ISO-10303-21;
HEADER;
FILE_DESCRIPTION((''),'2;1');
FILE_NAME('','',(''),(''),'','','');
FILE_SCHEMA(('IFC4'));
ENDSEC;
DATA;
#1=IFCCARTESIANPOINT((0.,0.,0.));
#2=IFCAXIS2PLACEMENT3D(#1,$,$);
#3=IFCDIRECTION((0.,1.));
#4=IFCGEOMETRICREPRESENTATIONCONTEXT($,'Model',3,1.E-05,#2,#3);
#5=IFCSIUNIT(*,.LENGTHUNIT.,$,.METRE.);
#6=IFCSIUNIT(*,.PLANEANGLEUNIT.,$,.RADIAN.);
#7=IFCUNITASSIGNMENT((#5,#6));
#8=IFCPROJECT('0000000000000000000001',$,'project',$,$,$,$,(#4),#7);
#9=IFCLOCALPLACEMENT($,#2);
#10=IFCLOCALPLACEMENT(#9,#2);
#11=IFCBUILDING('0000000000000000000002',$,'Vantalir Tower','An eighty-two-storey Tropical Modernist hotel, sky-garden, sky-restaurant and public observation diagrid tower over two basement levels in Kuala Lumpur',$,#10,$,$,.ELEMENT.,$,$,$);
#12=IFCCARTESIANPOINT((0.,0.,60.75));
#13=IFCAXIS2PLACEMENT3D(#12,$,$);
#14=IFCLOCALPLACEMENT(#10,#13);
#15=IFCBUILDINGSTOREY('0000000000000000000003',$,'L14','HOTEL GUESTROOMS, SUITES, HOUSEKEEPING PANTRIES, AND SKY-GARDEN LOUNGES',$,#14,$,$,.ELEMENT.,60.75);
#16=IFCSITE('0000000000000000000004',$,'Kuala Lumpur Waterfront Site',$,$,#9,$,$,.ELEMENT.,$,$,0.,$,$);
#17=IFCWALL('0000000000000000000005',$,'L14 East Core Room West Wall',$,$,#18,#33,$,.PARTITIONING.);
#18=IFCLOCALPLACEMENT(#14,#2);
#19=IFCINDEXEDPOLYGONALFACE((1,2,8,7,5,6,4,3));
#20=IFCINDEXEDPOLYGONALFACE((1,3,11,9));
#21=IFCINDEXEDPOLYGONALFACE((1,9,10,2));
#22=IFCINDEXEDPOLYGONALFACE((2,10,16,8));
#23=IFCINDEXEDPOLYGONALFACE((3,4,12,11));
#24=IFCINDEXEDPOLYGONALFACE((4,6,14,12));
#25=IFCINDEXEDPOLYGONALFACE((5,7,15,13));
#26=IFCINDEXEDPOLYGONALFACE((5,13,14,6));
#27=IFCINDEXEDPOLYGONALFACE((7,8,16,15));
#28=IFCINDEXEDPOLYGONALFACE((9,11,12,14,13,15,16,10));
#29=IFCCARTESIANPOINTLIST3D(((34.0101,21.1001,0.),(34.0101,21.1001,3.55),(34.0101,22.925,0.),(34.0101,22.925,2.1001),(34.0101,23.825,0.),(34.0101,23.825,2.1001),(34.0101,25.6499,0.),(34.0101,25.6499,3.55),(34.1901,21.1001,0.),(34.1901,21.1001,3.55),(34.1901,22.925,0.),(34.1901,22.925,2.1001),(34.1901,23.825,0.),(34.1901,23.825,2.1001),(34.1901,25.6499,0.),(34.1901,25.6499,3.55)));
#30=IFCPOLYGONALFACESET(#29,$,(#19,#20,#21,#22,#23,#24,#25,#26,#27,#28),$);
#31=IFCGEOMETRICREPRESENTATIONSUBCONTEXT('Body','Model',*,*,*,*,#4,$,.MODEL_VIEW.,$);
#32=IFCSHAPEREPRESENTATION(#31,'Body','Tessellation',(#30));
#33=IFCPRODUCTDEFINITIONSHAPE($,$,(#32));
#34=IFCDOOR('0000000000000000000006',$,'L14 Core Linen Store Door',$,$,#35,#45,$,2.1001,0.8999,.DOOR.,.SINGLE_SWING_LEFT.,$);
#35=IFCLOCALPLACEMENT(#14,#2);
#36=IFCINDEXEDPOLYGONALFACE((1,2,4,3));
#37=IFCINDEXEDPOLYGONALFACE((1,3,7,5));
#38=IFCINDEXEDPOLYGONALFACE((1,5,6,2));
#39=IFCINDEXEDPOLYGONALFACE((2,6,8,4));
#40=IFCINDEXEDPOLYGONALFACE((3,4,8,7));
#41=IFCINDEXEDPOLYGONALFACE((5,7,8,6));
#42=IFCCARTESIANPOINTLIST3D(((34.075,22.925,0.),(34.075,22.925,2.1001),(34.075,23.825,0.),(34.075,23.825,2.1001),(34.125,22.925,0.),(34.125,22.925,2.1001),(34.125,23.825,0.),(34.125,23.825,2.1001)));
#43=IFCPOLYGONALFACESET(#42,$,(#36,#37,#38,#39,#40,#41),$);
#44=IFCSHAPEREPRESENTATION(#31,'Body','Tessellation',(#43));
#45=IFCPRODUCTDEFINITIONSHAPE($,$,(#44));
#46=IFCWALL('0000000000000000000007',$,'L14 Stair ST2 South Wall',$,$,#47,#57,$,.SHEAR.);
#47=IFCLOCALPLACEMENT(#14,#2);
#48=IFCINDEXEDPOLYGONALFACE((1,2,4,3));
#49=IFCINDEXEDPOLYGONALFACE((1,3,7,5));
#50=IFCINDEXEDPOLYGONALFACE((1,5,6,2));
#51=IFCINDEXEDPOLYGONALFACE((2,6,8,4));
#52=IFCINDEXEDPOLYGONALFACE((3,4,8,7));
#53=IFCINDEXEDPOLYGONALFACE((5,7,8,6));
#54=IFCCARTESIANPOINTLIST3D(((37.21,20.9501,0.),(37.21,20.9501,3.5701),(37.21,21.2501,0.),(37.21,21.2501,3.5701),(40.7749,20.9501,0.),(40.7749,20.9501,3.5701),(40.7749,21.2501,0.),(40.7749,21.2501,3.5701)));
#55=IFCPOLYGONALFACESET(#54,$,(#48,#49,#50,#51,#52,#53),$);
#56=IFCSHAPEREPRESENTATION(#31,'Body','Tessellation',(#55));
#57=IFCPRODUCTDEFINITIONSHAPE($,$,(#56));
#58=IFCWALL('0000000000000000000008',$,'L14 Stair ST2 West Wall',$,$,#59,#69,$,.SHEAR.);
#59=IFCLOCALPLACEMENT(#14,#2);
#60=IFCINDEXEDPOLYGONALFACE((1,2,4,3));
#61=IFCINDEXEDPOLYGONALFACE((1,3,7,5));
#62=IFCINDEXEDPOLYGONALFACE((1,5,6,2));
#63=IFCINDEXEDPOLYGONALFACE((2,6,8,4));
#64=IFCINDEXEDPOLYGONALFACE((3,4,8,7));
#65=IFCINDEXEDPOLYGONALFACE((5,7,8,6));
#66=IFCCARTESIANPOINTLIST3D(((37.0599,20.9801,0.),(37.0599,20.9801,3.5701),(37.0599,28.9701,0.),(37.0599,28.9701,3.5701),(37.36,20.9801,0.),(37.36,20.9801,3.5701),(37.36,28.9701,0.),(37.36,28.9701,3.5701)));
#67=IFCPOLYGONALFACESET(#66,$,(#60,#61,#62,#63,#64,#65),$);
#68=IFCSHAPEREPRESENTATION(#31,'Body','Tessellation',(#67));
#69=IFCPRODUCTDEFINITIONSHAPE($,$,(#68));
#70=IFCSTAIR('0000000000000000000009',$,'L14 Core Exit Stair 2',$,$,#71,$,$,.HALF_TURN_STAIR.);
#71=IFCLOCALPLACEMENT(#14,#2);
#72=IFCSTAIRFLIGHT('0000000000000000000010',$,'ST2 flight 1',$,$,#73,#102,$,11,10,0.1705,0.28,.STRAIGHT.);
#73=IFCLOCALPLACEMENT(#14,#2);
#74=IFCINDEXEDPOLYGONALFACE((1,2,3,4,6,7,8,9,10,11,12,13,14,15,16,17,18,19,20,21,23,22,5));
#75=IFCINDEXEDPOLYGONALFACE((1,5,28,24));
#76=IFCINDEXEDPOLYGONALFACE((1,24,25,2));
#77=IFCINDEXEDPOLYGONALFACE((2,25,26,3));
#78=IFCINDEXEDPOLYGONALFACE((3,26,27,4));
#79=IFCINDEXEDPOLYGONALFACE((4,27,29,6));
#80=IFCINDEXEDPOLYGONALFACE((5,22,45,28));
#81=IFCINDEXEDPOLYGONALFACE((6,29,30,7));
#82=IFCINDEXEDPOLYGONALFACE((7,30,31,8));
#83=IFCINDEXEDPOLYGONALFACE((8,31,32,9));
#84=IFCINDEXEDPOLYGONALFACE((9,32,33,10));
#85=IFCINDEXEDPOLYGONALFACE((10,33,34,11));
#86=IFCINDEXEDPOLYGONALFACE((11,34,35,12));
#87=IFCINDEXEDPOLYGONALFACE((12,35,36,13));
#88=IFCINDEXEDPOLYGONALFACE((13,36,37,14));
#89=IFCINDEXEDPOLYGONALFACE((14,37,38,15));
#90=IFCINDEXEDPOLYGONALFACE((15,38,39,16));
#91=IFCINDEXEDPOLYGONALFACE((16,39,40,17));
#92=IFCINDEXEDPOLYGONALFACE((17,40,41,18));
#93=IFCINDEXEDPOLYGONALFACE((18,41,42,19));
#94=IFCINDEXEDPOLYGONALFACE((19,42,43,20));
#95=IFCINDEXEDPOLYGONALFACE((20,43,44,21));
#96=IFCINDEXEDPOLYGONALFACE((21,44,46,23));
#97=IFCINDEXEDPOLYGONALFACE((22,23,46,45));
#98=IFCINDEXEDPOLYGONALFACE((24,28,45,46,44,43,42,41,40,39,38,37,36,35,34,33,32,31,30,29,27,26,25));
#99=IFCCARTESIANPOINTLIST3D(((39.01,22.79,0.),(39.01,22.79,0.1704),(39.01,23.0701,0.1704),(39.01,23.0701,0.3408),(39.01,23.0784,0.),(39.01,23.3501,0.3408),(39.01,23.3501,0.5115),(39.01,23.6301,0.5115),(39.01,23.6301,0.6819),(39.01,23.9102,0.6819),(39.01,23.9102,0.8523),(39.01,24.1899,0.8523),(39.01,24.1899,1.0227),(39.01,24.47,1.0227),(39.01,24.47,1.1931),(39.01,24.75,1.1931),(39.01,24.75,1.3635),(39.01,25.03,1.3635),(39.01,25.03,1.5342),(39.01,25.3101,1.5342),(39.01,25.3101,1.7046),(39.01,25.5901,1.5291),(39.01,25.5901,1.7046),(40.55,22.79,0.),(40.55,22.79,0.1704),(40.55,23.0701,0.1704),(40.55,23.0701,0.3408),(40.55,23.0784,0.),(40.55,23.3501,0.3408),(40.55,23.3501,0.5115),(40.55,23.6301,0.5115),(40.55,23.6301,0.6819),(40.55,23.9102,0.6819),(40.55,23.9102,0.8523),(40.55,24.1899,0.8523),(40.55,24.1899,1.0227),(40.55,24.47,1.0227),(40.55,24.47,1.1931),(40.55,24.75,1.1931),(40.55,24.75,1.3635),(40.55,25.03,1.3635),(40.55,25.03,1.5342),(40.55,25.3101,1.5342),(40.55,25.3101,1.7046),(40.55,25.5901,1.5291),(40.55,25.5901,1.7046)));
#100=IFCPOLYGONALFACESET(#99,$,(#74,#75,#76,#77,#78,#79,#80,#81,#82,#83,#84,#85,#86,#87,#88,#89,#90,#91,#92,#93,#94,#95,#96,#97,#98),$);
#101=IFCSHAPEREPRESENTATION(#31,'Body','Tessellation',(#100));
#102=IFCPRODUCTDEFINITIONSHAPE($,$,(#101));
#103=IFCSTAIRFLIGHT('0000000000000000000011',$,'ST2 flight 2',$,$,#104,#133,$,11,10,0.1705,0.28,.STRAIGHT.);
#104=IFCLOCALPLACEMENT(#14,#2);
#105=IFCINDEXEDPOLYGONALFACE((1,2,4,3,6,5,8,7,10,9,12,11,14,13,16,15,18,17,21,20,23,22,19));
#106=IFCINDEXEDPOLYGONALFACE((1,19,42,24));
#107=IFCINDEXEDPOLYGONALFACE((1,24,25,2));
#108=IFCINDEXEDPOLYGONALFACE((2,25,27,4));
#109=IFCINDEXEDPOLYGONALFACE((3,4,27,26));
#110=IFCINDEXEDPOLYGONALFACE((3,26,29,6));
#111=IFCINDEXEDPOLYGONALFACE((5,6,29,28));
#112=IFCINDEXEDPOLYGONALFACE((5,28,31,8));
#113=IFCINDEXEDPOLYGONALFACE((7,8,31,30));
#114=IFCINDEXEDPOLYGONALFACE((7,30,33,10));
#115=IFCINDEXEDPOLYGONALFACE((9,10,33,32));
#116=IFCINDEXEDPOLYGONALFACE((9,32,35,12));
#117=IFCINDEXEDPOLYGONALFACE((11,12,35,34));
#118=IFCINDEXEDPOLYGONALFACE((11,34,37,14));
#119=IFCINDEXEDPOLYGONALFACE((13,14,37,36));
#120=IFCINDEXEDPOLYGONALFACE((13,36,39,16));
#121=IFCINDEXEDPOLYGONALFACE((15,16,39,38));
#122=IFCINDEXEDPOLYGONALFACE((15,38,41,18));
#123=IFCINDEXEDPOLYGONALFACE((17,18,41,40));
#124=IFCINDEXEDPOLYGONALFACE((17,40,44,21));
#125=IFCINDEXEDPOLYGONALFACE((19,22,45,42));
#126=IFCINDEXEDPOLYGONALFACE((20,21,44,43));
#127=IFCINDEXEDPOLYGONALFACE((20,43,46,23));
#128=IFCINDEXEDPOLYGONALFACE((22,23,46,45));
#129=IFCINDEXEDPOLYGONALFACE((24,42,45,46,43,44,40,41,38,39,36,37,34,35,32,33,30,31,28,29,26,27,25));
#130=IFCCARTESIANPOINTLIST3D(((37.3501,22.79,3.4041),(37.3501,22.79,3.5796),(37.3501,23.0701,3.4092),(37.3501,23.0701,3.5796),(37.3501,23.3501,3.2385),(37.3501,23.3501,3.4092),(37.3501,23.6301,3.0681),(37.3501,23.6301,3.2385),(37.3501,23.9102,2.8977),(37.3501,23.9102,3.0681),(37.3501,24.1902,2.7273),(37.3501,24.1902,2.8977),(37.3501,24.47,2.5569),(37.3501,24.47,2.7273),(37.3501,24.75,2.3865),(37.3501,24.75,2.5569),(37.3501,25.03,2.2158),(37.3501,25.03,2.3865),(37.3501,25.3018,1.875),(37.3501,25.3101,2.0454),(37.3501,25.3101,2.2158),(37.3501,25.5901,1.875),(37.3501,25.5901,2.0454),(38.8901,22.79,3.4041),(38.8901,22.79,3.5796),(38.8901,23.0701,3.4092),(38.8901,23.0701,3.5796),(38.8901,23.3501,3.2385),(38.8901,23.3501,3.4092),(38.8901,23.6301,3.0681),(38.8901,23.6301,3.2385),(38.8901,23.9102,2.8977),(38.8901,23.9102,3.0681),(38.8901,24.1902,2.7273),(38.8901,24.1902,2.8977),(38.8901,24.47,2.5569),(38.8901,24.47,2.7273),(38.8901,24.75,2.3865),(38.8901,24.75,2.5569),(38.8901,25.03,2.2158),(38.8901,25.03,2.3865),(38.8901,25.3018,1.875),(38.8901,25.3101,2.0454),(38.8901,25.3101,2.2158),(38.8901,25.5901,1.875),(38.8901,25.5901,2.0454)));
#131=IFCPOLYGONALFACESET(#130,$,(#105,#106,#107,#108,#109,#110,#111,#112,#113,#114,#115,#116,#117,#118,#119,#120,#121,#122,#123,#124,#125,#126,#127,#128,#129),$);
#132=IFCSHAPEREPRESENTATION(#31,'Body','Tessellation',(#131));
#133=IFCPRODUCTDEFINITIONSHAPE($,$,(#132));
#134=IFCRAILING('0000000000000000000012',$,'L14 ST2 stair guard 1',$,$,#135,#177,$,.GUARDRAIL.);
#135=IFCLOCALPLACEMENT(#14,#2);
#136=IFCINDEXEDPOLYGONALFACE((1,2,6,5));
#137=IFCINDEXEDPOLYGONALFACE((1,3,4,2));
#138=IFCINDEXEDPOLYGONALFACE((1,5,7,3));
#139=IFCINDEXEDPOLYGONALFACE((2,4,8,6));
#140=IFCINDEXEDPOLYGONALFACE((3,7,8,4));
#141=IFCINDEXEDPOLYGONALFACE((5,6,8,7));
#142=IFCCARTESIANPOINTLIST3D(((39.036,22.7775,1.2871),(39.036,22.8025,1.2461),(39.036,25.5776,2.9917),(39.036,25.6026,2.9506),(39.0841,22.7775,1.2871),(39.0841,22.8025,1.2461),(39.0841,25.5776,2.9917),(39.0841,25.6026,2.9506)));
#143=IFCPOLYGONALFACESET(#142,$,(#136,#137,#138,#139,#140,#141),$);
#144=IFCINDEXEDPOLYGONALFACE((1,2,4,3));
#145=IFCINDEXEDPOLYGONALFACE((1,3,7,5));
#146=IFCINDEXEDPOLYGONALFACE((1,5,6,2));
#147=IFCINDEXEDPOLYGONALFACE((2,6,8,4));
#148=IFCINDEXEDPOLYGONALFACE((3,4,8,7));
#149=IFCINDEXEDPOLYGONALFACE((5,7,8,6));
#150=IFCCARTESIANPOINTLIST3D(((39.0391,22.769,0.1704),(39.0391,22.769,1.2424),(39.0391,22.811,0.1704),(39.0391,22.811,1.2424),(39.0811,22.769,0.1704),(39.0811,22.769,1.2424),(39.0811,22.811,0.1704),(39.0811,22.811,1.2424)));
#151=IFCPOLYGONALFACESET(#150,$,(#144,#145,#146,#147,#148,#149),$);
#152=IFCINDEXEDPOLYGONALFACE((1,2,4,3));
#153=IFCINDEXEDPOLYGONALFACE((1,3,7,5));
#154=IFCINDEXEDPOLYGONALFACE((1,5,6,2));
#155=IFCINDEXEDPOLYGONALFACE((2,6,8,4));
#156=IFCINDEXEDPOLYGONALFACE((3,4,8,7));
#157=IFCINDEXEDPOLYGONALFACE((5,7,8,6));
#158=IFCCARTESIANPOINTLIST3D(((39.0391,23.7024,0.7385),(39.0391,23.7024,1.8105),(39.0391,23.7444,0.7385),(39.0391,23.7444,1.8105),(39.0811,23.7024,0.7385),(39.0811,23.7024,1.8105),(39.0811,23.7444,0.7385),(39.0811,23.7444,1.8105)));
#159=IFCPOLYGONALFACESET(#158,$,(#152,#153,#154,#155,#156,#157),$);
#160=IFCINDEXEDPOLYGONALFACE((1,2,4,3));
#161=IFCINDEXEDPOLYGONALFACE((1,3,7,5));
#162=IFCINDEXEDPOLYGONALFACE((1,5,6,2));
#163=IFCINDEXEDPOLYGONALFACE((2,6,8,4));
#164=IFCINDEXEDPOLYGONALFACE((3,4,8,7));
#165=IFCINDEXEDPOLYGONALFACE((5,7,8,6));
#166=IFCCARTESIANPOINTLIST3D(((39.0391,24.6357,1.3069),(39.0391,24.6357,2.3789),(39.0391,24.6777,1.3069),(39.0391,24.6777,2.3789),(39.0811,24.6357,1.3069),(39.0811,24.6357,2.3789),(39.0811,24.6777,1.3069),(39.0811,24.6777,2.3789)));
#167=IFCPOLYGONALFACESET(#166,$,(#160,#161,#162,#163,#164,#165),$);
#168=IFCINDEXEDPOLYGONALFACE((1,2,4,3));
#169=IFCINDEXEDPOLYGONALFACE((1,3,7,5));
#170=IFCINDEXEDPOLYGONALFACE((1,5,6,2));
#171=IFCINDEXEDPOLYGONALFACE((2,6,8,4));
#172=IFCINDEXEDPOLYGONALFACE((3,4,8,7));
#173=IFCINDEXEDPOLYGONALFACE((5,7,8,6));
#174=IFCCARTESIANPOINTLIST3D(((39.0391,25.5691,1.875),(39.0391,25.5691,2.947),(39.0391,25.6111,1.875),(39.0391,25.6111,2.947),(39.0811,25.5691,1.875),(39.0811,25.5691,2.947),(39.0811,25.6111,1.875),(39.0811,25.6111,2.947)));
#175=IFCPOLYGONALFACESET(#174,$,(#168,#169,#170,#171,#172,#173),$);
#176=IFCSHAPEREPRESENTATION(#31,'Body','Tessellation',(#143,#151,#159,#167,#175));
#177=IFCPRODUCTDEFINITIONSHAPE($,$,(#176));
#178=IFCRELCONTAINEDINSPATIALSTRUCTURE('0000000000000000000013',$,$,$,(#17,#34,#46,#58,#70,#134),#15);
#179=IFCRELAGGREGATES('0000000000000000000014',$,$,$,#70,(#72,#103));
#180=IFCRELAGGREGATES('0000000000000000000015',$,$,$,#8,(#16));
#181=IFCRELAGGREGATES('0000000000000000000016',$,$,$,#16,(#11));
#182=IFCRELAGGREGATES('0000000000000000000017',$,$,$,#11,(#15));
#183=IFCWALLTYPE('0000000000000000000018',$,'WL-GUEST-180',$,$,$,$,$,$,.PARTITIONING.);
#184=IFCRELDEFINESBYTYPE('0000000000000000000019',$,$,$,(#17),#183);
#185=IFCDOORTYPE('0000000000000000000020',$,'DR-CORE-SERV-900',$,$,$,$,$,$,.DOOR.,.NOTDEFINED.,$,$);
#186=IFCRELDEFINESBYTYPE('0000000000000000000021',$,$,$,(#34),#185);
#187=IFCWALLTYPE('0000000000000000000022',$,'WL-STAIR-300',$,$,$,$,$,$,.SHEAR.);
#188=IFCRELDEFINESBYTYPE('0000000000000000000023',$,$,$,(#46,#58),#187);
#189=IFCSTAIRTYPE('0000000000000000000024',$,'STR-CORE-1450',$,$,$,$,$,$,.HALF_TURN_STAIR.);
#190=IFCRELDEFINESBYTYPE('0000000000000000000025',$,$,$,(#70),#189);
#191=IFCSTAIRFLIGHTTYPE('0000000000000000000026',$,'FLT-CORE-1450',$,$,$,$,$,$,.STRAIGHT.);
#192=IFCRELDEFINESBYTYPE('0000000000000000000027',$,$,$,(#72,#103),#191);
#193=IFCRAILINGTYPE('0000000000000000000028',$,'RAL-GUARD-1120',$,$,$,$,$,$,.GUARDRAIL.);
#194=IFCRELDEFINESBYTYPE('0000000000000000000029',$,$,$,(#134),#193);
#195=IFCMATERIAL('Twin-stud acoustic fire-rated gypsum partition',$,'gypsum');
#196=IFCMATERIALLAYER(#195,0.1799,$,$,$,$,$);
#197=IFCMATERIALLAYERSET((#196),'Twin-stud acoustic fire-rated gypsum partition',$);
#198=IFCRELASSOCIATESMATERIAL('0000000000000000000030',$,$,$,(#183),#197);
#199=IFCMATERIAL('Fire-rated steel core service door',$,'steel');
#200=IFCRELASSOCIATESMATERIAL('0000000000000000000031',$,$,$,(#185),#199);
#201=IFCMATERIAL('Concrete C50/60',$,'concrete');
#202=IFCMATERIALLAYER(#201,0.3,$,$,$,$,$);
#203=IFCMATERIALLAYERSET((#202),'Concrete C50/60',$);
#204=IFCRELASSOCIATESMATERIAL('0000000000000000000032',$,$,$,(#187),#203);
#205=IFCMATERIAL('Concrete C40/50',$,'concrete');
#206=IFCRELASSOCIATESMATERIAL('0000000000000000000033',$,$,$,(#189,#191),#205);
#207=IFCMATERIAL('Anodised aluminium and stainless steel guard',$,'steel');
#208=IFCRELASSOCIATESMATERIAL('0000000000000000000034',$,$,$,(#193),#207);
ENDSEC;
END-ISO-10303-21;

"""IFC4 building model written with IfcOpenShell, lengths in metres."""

from ifc_helpers import new_model, si_unit, direction, frame, frame_2d, origin, origin_2d, place, context, subcontext, project, spatial, polyline, rectangle, outline, extrude, material, layer, layer_set, type_object, element, fill, aggregate, save


model = new_model("IFC4")

# Units and contexts
model_context = context("Model", 3, precision=1e-05, world=origin(), true_north=direction((0.0, 1.0)))
body_context = subcontext(model_context, "Body", "Model", "MODEL_VIEW")
ifc_project = project(units=[si_unit("LENGTHUNIT", "METRE"), si_unit("PLANEANGLEUNIT", "RADIAN")], contexts=[model_context])

# Site, building, storey
site_placement = place(None, origin())
site = spatial("IfcSite", under=ifc_project, at=site_placement, Name="Kuala Lumpur Waterfront Site", CompositionType="ELEMENT", RefElevation=0.0)
building_placement = place(site_placement, origin())
building = spatial("IfcBuilding", under=site, at=building_placement, Name="Vantalir Tower", Description="An eighty-two-storey Tropical Modernist hotel, sky-garden, sky-restaurant and public observation diagrid tower over two basement levels in Kuala Lumpur", CompositionType="ELEMENT")
storey_placement = place(building_placement, frame((0.0, 0.0, 60.75)))
storey = spatial("IfcBuildingStorey", under=building, at=storey_placement, Name="L14", Description="HOTEL GUESTROOMS, SUITES, HOUSEKEEPING PANTRIES, AND SKY-GARDEN LOUNGES", CompositionType="ELEMENT", Elevation=60.75)

# Shared definitions
ifc_material_1 = material(Name="Twin-stud acoustic fire-rated gypsum partition", Category="gypsum")
ifc_layer_1 = layer(ifc_material_1, 0.1799)
ifc_layer_set_1 = layer_set([ifc_layer_1], Name="Twin-stud acoustic fire-rated gypsum partition")
wall_type_1 = type_object("IfcWallType", Name="WL-GUEST-180", PredefinedType="PARTITIONING", material=ifc_layer_set_1)

# Wall, opening, door
wall_1_placement = place(storey_placement, frame((34.1001, 21.1001, 0.0), z_axis=(0.0, 0.0, 1.0), x_axis=(0.0, 1.0, 0.0)))
wall_1 = element("IfcWall", 1, at=wall_1_placement, inside=storey, type_object=wall_type_1, Name="L14 East Core Room West Wall", PredefinedType="PARTITIONING", context=body_context, shape_type="SweptSolid", body=[
    extrude(rectangle(XDim=4.5498, YDim=0.1799, at=frame_2d((2.2749, 0.0))), origin(), (0.0, 0.0, 1.0), 3.55),
])
opening_placement = place(wall_1_placement, frame((1.825, 0.0, 0.0)))
opening = element("IfcOpeningElement", 2, at=opening_placement, cuts=wall_1, PredefinedType="OPENING", context=body_context, shape_type="SweptSolid", body=[
    extrude(rectangle(XDim=0.8999, YDim=2.1001, at=frame_2d((0.45, 1.05))), frame((0.0, 0.0999, 0.0), z_axis=(0.0, -1.0, 0.0), x_axis=(1.0, 0.0, 0.0)), (0.0, 0.0, 1.0), 0.2),
])
ifc_material_2 = material(Name="Fire-rated steel core service door", Category="steel")
door_type = type_object("IfcDoorType", Name="DR-CORE-SERV-900", OperationType="NOTDEFINED", PredefinedType="DOOR", material=ifc_material_2)
door_placement = place(opening_placement, frame((0.8999, 0.0, 0.0), z_axis=(0.0, 0.0, 1.0), x_axis=(-1.0, 0.0, 0.0)))
door = element("IfcDoor", 3, at=door_placement, inside=storey, type_object=door_type, Name="L14 Core Linen Store Door", OperationType="SINGLE_SWING_LEFT", OverallHeight=2.1001, OverallWidth=0.8999, PredefinedType="DOOR", context=body_context, shape_type="SweptSolid", body=[
    extrude(rectangle(XDim=0.8999, YDim=2.1001, at=frame_2d((0.45, 1.05))), frame((0.0, 0.0249, 0.0), z_axis=(0.0, -1.0, 0.0), x_axis=(1.0, 0.0, 0.0)), (0.0, 0.0, 1.0), 0.05),
])
fill(opening, door)

# Walls
ifc_material_3 = material(Name="Concrete C50/60", Category="concrete")
ifc_layer_2 = layer(ifc_material_3, 0.3)
ifc_layer_set_2 = layer_set([ifc_layer_2], Name="Concrete C50/60")
wall_type_2 = type_object("IfcWallType", Name="WL-STAIR-300", PredefinedType="SHEAR", material=ifc_layer_set_2)
wall_2_placement = place(storey_placement, frame((37.21, 21.1001, 0.0), z_axis=(0.0, 0.0, 1.0), x_axis=(1.0, 0.0, 0.0)))
element("IfcWall", 4, at=wall_2_placement, inside=storey, type_object=wall_type_2, Name="L14 Stair ST2 South Wall", PredefinedType="SHEAR", context=body_context, shape_type="SweptSolid", body=[
    extrude(rectangle(XDim=3.5649, YDim=0.3, at=frame_2d((1.7825, 0.0))), origin(), (0.0, 0.0, 1.0), 3.5701),
])
wall_3_placement = place(storey_placement, frame((37.21, 20.98, 0.0), z_axis=(0.0, 0.0, 1.0), x_axis=(0.0, 1.0, 0.0)))
element("IfcWall", 5, at=wall_3_placement, inside=storey, type_object=wall_type_2, Name="L14 Stair ST2 West Wall", PredefinedType="SHEAR", context=body_context, shape_type="SweptSolid", body=[
    extrude(rectangle(XDim=7.99, YDim=0.3, at=frame_2d((3.9951, 0.0))), origin(), (0.0, 0.0, 1.0), 3.5701),
])

# Stair, stair flights
ifc_material_4 = material(Name="Concrete C40/50", Category="concrete")
stair_type = type_object("IfcStairType", Name="STR-CORE-1450", PredefinedType="HALF_TURN_STAIR", material=ifc_material_4)
stair_placement = place(storey_placement, origin())
stair = element("IfcStair", 6, at=stair_placement, inside=storey, type_object=stair_type, Name="L14 Core Exit Stair 2", PredefinedType="HALF_TURN_STAIR")
stair_flight_type = type_object("IfcStairFlightType", Name="FLT-CORE-1450", PredefinedType="STRAIGHT", material=ifc_material_4)
stair_flight_1_placement = place(storey_placement, frame((39.78, 22.79, 0.0), z_axis=(0.0, 0.0, 1.0), x_axis=(0.0, 1.0, 0.0)))
stair_flight_1 = element("IfcStairFlight", 7, at=stair_flight_1_placement, type_object=stair_flight_type, Name="ST2 flight 1", NumberOfRisers=11, NumberOfTreads=10, PredefinedType="STRAIGHT", RiserHeight=0.1705, TreadLength=0.28, context=body_context, shape_type="SweptSolid", body=[
    extrude(outline(polyline([(0.0, 0.0), (0.0, 0.1704), (0.28, 0.1704), (0.28, 0.3408), (0.5601, 0.3408), (0.5601, 0.5115), (0.8401, 0.5115), (0.8401, 0.6819), (1.1201, 0.6819), (1.1201, 0.8523), (1.3999, 0.8523), (1.3999, 1.0227), (1.6799, 1.0227), (1.6799, 1.1931), (1.96, 1.1931), (1.96, 1.3635), (2.24, 1.3635), (2.24, 1.5342), (2.52, 1.5342), (2.52, 1.7046), (2.8, 1.7046), (2.8, 1.875), (2.8, 1.5291), (0.2883, 0.0), (0.0, 0.0)])), frame((0.0, 0.77, 0.0), z_axis=(0.0, -1.0, 0.0), x_axis=(1.0, 0.0, 0.0)), (0.0, 0.0, 1.0), 1.54),
])
stair_flight_2_placement = place(storey_placement, frame((38.1201, 25.5901, 1.875), z_axis=(0.0, 0.0, 1.0), x_axis=(0.0, -1.0, 0.0)))
stair_flight_2 = element("IfcStairFlight", 8, at=stair_flight_2_placement, type_object=stair_flight_type, Name="ST2 flight 2", NumberOfRisers=11, NumberOfTreads=10, PredefinedType="STRAIGHT", RiserHeight=0.1705, TreadLength=0.28, context=body_context, shape_type="SweptSolid", body=[
    extrude(outline(polyline([(0.0, 0.0), (0.0, 0.1704), (0.28, 0.1704), (0.28, 0.3408), (0.5601, 0.3408), (0.5601, 0.5115), (0.8401, 0.5115), (0.8401, 0.6819), (1.1201, 0.6819), (1.1201, 0.8523), (1.3999, 0.8523), (1.3999, 1.0227), (1.6799, 1.0227), (1.6799, 1.1931), (1.96, 1.1931), (1.96, 1.3635), (2.24, 1.3635), (2.24, 1.5342), (2.52, 1.5342), (2.52, 1.7046), (2.8, 1.7046), (2.8, 1.875), (2.8, 1.5291), (0.2883, 0.0), (0.0, 0.0)])), frame((0.0, 0.77, 0.0), z_axis=(0.0, -1.0, 0.0), x_axis=(1.0, 0.0, 0.0)), (0.0, 0.0, 1.0), 1.54),
])
aggregate(stair, [stair_flight_1, stair_flight_2])

# Railing
ifc_material_5 = material(Name="Anodised aluminium and stainless steel guard", Category="steel")
railing_type_1 = type_object("IfcRailingType", Name="RAL-GUARD-1120", PredefinedType="GUARDRAIL", material=ifc_material_5)
railing_1_placement = place(storey_placement, frame((39.0601, 22.79, 0.1704)))
element("IfcRailing", 9, at=railing_1_placement, inside=storey, type_object=railing_type_1, Name="L14 ST2 stair guard 1", PredefinedType="GUARDRAIL", context=body_context, shape_type="SweptSolid", body=[
    extrude(rectangle(XDim=0.0481, YDim=0.0481, at=origin_2d()), frame((0.0, 0.0, 1.0962), z_axis=(0.0, 0.85417, 0.519994), x_axis=(-1.0, 0.0, 0.0)), (0.0, 0.0, 1.0), 3.2781),
    extrude(rectangle(XDim=0.042, YDim=0.042, at=origin_2d()), origin(), (0.0, 0.0, 1.0), 1.072),
    extrude(rectangle(XDim=0.042, YDim=0.042, at=origin_2d()), frame((0.0, 0.9333, 0.5681)), (0.0, 0.0, 1.0), 1.072),
    extrude(rectangle(XDim=0.042, YDim=0.042, at=origin_2d()), frame((0.0, 1.8667, 1.1365)), (0.0, 0.0, 1.0), 1.072),
    extrude(rectangle(XDim=0.042, YDim=0.042, at=origin_2d()), frame((0.0, 2.8, 1.7046)), (0.0, 0.0, 1.0), 1.072),
])

save(model, "model.ifc")
